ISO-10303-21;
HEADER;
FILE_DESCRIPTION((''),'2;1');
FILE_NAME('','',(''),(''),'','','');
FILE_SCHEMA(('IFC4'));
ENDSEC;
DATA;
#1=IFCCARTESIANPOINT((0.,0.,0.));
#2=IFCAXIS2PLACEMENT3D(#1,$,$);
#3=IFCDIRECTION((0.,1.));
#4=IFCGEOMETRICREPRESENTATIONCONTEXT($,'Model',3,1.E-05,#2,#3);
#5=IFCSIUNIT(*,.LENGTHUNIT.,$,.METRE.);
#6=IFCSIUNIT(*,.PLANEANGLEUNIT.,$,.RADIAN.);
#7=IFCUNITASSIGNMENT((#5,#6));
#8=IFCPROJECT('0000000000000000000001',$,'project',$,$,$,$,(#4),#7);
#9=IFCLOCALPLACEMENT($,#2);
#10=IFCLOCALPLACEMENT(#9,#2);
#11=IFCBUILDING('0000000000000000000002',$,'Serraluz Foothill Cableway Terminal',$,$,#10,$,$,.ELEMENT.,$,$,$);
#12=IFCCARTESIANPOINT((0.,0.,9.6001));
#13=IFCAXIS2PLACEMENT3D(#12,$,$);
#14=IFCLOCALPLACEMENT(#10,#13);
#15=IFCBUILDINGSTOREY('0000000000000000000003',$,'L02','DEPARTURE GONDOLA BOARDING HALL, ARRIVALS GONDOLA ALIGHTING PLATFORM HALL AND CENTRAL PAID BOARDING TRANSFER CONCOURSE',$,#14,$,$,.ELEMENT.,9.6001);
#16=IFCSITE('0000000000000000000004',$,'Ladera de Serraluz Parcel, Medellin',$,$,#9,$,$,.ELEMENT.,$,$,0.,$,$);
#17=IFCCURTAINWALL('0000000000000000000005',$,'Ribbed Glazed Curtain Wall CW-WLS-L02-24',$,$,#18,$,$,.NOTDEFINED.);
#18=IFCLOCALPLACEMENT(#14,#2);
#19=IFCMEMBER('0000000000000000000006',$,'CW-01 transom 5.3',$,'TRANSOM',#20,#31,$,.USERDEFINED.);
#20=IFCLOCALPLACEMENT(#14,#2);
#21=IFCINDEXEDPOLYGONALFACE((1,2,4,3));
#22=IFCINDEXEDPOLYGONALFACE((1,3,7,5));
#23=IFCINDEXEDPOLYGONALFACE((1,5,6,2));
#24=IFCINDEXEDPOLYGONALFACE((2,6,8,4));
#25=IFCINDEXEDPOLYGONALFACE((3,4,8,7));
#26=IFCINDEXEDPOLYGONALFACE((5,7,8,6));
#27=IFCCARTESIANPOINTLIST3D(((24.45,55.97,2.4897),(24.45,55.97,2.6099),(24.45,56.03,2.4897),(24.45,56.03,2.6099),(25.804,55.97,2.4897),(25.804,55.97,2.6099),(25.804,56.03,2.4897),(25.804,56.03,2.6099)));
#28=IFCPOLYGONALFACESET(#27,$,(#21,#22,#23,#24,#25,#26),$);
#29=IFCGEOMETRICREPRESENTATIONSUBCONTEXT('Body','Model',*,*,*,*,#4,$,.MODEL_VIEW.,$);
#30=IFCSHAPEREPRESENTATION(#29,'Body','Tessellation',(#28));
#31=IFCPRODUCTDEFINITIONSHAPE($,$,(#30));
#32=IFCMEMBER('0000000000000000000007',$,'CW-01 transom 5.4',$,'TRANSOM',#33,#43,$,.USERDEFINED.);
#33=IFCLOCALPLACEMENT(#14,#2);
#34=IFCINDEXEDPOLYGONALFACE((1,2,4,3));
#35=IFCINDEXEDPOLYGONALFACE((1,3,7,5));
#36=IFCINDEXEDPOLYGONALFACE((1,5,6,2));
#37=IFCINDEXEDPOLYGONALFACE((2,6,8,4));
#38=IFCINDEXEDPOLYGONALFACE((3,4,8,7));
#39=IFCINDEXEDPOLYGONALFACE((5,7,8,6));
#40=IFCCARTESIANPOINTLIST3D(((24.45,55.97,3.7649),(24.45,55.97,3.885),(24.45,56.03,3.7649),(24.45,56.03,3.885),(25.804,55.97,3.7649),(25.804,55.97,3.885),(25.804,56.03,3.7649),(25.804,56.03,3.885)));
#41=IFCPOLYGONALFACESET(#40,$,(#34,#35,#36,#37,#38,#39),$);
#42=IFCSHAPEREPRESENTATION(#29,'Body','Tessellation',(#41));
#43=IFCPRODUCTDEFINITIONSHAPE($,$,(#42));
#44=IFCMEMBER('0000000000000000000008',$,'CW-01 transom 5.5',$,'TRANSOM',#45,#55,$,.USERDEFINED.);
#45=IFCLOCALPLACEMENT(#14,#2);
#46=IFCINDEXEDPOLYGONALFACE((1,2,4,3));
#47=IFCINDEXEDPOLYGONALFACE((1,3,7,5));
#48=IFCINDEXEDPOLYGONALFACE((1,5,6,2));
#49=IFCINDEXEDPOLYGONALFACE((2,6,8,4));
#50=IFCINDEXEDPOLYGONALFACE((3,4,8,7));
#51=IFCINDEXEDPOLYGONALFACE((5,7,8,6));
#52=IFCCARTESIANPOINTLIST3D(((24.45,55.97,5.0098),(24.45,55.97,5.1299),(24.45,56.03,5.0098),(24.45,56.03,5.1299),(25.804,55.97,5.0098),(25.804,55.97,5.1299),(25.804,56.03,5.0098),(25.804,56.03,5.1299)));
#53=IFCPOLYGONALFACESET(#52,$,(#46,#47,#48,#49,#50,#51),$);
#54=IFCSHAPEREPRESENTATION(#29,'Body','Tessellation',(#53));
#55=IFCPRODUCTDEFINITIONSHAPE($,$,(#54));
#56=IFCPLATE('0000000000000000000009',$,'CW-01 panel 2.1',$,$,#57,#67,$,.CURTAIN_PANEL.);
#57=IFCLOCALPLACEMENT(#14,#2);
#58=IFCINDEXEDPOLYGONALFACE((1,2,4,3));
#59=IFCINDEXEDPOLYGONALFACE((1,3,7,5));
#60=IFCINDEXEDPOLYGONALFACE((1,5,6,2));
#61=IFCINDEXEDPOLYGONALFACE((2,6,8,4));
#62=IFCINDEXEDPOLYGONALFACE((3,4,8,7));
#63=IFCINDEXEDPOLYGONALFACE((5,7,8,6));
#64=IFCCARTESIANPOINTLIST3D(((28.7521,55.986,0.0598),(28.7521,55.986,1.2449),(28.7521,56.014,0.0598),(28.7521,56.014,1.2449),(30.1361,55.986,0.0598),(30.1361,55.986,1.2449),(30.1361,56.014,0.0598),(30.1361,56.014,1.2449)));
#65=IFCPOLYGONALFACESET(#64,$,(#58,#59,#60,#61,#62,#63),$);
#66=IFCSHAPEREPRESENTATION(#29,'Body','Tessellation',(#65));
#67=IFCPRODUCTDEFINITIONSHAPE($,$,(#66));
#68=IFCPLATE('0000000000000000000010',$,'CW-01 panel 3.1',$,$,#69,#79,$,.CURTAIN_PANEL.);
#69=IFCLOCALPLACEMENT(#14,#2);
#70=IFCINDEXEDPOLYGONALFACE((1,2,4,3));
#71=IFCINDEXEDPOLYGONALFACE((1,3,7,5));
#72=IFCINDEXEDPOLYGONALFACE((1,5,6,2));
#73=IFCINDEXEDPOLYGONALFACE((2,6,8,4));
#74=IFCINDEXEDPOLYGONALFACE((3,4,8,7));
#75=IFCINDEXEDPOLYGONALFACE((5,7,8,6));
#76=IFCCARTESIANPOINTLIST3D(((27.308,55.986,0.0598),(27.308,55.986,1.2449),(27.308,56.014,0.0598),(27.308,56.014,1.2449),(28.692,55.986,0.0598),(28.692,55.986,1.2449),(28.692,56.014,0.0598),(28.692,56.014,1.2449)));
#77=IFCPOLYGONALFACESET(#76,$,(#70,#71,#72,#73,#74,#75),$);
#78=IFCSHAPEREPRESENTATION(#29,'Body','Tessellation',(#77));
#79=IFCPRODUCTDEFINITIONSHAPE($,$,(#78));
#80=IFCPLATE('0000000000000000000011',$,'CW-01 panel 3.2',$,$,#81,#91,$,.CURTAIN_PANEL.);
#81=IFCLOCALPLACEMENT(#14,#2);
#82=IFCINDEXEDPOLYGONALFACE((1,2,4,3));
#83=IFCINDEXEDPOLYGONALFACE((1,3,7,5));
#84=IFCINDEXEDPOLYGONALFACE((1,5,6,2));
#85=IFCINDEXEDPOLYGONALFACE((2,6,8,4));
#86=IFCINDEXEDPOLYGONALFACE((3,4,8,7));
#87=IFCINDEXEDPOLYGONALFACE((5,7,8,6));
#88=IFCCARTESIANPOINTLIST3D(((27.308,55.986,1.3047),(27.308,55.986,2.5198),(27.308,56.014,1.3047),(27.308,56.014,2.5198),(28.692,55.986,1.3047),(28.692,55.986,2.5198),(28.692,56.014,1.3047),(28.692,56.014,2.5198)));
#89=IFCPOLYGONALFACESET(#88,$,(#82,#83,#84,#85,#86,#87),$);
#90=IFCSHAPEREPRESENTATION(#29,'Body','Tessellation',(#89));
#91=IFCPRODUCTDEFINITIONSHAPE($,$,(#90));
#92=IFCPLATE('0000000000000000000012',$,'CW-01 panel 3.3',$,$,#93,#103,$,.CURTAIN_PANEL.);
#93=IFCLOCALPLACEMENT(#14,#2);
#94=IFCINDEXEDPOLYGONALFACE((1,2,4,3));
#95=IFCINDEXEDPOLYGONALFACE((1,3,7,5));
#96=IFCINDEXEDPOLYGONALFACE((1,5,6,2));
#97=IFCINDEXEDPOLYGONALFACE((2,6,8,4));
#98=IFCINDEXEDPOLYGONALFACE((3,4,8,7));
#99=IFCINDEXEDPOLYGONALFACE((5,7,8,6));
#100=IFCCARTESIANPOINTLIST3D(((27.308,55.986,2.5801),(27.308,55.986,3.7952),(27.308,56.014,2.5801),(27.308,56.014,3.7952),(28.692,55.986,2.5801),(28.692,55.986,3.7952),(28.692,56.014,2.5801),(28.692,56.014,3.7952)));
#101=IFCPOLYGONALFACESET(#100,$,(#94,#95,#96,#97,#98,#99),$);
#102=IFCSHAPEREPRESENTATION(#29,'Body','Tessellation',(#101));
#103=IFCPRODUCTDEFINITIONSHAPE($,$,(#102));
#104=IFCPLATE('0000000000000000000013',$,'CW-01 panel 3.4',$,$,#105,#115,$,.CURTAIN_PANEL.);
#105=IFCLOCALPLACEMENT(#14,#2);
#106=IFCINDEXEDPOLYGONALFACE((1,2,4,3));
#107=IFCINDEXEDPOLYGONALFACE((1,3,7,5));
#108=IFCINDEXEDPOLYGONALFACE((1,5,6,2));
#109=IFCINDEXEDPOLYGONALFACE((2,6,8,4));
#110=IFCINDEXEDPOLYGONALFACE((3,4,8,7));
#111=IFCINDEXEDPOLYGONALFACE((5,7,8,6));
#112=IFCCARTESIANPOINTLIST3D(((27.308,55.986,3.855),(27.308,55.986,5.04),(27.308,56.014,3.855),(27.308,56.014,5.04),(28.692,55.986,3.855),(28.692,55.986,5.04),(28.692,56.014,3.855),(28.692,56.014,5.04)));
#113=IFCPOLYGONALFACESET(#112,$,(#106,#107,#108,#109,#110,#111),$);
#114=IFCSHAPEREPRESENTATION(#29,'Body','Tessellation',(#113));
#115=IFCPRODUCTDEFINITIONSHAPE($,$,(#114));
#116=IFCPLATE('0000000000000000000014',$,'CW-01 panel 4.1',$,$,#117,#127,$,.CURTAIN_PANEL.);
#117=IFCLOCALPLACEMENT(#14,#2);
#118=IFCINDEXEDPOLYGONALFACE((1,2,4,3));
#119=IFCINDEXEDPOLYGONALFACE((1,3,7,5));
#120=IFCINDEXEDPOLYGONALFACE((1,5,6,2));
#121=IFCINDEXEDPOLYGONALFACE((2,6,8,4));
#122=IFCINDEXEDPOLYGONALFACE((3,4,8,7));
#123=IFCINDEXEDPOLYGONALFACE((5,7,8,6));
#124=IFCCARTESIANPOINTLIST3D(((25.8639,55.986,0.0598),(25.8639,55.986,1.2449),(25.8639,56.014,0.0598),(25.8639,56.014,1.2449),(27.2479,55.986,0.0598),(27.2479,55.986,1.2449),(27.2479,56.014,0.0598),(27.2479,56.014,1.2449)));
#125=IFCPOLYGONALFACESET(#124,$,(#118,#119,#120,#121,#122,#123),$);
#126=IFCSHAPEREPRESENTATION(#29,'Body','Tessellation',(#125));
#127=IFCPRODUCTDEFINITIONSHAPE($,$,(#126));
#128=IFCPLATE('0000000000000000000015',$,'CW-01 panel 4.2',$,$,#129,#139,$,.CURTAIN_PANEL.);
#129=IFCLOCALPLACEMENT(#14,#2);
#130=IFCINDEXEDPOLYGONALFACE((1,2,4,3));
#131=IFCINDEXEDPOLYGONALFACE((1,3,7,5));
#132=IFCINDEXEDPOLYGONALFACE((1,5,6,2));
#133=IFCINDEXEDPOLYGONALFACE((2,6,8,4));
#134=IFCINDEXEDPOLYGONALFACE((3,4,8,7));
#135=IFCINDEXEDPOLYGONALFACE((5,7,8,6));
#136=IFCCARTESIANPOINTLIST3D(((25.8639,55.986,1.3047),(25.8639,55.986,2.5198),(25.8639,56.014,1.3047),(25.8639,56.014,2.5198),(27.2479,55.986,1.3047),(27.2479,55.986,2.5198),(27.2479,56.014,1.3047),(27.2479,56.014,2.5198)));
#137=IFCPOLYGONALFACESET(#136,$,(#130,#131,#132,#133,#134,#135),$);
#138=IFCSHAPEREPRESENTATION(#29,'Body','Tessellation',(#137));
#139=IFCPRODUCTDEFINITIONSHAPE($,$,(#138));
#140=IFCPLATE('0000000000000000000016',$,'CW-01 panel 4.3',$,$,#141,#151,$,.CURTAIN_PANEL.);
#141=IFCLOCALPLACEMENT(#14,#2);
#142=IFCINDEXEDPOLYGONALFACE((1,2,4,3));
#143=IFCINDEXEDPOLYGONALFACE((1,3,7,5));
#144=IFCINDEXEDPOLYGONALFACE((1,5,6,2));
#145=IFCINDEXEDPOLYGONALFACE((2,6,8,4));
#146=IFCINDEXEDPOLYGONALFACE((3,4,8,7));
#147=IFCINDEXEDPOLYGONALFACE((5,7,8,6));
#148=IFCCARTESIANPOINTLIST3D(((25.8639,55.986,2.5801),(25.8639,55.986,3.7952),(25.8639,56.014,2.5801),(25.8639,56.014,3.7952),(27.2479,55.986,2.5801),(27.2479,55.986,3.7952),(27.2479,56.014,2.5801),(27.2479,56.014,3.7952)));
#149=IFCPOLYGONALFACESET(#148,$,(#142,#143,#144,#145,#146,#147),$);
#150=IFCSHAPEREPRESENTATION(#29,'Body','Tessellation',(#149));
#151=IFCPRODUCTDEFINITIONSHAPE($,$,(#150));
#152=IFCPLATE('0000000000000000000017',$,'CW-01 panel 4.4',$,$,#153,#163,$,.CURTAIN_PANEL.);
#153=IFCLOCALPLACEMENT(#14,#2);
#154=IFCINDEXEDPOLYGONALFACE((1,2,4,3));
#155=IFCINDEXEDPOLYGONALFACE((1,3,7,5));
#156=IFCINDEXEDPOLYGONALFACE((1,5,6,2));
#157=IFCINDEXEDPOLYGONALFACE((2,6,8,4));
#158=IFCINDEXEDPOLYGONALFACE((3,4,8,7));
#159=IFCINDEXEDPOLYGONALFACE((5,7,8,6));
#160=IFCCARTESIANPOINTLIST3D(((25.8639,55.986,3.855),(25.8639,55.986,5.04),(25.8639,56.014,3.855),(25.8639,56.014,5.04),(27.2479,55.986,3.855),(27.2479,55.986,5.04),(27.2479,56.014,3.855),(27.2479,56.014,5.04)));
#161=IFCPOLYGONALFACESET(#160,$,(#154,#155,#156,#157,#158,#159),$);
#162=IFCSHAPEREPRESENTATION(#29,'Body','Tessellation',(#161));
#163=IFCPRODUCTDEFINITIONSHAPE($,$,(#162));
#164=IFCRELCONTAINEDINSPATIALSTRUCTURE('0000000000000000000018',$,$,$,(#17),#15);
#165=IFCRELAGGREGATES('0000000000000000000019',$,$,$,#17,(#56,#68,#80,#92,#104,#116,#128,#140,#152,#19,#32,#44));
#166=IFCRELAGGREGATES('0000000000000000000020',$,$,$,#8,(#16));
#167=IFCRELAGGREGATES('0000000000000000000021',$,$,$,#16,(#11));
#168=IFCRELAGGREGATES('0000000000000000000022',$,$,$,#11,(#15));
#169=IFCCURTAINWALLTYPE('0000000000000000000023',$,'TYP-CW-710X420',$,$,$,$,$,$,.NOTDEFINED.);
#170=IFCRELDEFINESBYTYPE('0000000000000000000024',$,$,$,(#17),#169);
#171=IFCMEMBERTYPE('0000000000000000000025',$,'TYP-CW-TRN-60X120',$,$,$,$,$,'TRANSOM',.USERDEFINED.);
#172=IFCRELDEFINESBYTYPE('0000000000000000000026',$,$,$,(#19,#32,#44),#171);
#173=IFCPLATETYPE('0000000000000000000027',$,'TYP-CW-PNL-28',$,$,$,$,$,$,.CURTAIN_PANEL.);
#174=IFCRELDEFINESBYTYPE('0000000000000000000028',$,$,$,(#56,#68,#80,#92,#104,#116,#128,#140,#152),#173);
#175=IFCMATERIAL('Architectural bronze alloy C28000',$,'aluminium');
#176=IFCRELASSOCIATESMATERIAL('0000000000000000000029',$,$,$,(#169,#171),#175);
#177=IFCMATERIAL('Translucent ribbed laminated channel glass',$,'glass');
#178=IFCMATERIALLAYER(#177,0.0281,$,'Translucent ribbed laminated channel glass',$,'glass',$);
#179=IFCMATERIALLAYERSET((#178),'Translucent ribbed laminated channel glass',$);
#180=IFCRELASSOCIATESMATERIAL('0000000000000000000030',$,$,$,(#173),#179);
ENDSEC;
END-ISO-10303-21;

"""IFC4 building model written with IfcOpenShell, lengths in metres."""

from ifc_helpers import new_model, si_unit, direction, frame, origin, origin_2d, place, context, subcontext, project, spatial, rectangle, extrude, material, layer, layer_set, material_profile, profile_set, type_object, element, aggregate, save


model = new_model("IFC4")

# Units and contexts
model_context = context("Model", 3, precision=1e-05, world=origin(), true_north=direction((0.0, 1.0)))
body_context = subcontext(model_context, "Body", "Model", "MODEL_VIEW")
ifc_project = project(units=[si_unit("LENGTHUNIT", "METRE"), si_unit("PLANEANGLEUNIT", "RADIAN")], contexts=[model_context])

# Site, building, storey
site_placement = place(None, origin())
site = spatial("IfcSite", under=ifc_project, at=site_placement, Name="Ladera de Serraluz Parcel, Medellin", CompositionType="ELEMENT", RefElevation=0.0)
building_placement = place(site_placement, origin())
building = spatial("IfcBuilding", under=site, at=building_placement, Name="Serraluz Foothill Cableway Terminal", CompositionType="ELEMENT")
storey_placement = place(building_placement, frame((0.0, 0.0, 9.6001)))
storey = spatial("IfcBuildingStorey", under=building, at=storey_placement, Name="L02", Description="DEPARTURE GONDOLA BOARDING HALL, ARRIVALS GONDOLA ALIGHTING PLATFORM HALL AND CENTRAL PAID BOARDING TRANSFER CONCOURSE", CompositionType="ELEMENT", Elevation=9.6001)

# Curtain wall, members, plates
ifc_material_1 = material(Name="Architectural bronze alloy C28000", Category="aluminium")
curtain_wall_type = type_object("IfcCurtainWallType", Name="TYP-CW-710X420", PredefinedType="NOTDEFINED", material=ifc_material_1)
curtain_wall_placement = place(storey_placement, origin())
curtain_wall = element("IfcCurtainWall", 1, at=curtain_wall_placement, inside=storey, type_object=curtain_wall_type, Name="Ribbed Glazed Curtain Wall CW-WLS-L02-24", PredefinedType="NOTDEFINED")
ifc_material_profile_1 = material_profile(ifc_material_1, rectangle(XDim=0.0601, YDim=0.1201, at=origin_2d()), Name="ALU TRANSOM 60x120")
ifc_profile_set_1 = profile_set([ifc_material_profile_1], Name="Architectural bronze alloy C28000")
member_type_1 = type_object("IfcMemberType", Name="TYP-CW-TRN-60X120", ElementType="TRANSOM", PredefinedType="USERDEFINED", material=ifc_profile_set_1)
member_1_placement = place(storey_placement, frame((25.804, 56.0, 2.5498), z_axis=(-1.0, 0.0, 0.0), x_axis=(0.0, -1.0, 0.0)))
member_1 = element("IfcMember", 2, at=member_1_placement, type_object=member_type_1, Name="CW-01 transom 5.3", ObjectType="TRANSOM", PredefinedType="USERDEFINED", context=body_context, shape_type="SweptSolid", body=[
    extrude(rectangle(XDim=0.0601, YDim=0.1201, at=origin_2d()), origin(), (0.0, 0.0, 1.0), 1.354),
])
member_2_placement = place(storey_placement, frame((25.804, 56.0, 3.825), z_axis=(-1.0, 0.0, 0.0), x_axis=(0.0, -1.0, 0.0)))
member_2 = element("IfcMember", 3, at=member_2_placement, type_object=member_type_1, Name="CW-01 transom 5.4", ObjectType="TRANSOM", PredefinedType="USERDEFINED", context=body_context, shape_type="SweptSolid", body=[
    extrude(rectangle(XDim=0.0601, YDim=0.1201, at=origin_2d()), origin(), (0.0, 0.0, 1.0), 1.354),
])
member_3_placement = place(storey_placement, frame((25.804, 56.0, 5.0698), z_axis=(-1.0, 0.0, 0.0), x_axis=(0.0, -1.0, 0.0)))
member_3 = element("IfcMember", 4, at=member_3_placement, type_object=member_type_1, Name="CW-01 transom 5.5", ObjectType="TRANSOM", PredefinedType="USERDEFINED", context=body_context, shape_type="SweptSolid", body=[
    extrude(rectangle(XDim=0.0601, YDim=0.1201, at=origin_2d()), origin(), (0.0, 0.0, 1.0), 1.354),
])
ifc_material_2 = material(Name="Translucent ribbed laminated channel glass", Category="glass")
ifc_layer = layer(ifc_material_2, 0.0281, Name="Translucent ribbed laminated channel glass", Category="glass")
ifc_layer_set = layer_set([ifc_layer], Name="Translucent ribbed laminated channel glass")
plate_type = type_object("IfcPlateType", Name="TYP-CW-PNL-28", PredefinedType="CURTAIN_PANEL", material=ifc_layer_set)
plate_1_placement = place(storey_placement, frame((29.4441, 56.0, 0.0598), z_axis=(0.0, 0.0, 1.0), x_axis=(-1.0, 0.0, 0.0)))
plate_1 = element("IfcPlate", 5, at=plate_1_placement, type_object=plate_type, Name="CW-01 panel 2.1", PredefinedType="CURTAIN_PANEL", context=body_context, shape_type="SweptSolid", body=[
    extrude(rectangle(XDim=1.384, YDim=0.0281, at=origin_2d()), origin(), (0.0, 0.0, 1.0), 1.1851),
])
plate_2_placement = place(storey_placement, frame((28.0, 56.0, 0.0598), z_axis=(0.0, 0.0, 1.0), x_axis=(-1.0, 0.0, 0.0)))
plate_2 = element("IfcPlate", 6, at=plate_2_placement, type_object=plate_type, Name="CW-01 panel 3.1", PredefinedType="CURTAIN_PANEL", context=body_context, shape_type="SweptSolid", body=[
    extrude(rectangle(XDim=1.384, YDim=0.0281, at=origin_2d()), origin(), (0.0, 0.0, 1.0), 1.1851),
])
plate_3_placement = place(storey_placement, frame((28.0, 56.0, 1.3047), z_axis=(0.0, 0.0, 1.0), x_axis=(-1.0, 0.0, 0.0)))
plate_3 = element("IfcPlate", 7, at=plate_3_placement, type_object=plate_type, Name="CW-01 panel 3.2", PredefinedType="CURTAIN_PANEL", context=body_context, shape_type="SweptSolid", body=[
    extrude(rectangle(XDim=1.384, YDim=0.0281, at=origin_2d()), origin(), (0.0, 0.0, 1.0), 1.2151),
])
plate_4_placement = place(storey_placement, frame((28.0, 56.0, 2.5801), z_axis=(0.0, 0.0, 1.0), x_axis=(-1.0, 0.0, 0.0)))
plate_4 = element("IfcPlate", 8, at=plate_4_placement, type_object=plate_type, Name="CW-01 panel 3.3", PredefinedType="CURTAIN_PANEL", context=body_context, shape_type="SweptSolid", body=[
    extrude(rectangle(XDim=1.384, YDim=0.0281, at=origin_2d()), origin(), (0.0, 0.0, 1.0), 1.2151),
])
plate_5_placement = place(storey_placement, frame((28.0, 56.0, 3.855), z_axis=(0.0, 0.0, 1.0), x_axis=(-1.0, 0.0, 0.0)))
plate_5 = element("IfcPlate", 9, at=plate_5_placement, type_object=plate_type, Name="CW-01 panel 3.4", PredefinedType="CURTAIN_PANEL", context=body_context, shape_type="SweptSolid", body=[
    extrude(rectangle(XDim=1.384, YDim=0.0281, at=origin_2d()), origin(), (0.0, 0.0, 1.0), 1.1851),
])
plate_6_placement = place(storey_placement, frame((26.5559, 56.0, 0.0598), z_axis=(0.0, 0.0, 1.0), x_axis=(-1.0, 0.0, 0.0)))
plate_6 = element("IfcPlate", 10, at=plate_6_placement, type_object=plate_type, Name="CW-01 panel 4.1", PredefinedType="CURTAIN_PANEL", context=body_context, shape_type="SweptSolid", body=[
    extrude(rectangle(XDim=1.384, YDim=0.0281, at=origin_2d()), origin(), (0.0, 0.0, 1.0), 1.1851),
])
plate_7_placement = place(storey_placement, frame((26.5559, 56.0, 1.3047), z_axis=(0.0, 0.0, 1.0), x_axis=(-1.0, 0.0, 0.0)))
plate_7 = element("IfcPlate", 11, at=plate_7_placement, type_object=plate_type, Name="CW-01 panel 4.2", PredefinedType="CURTAIN_PANEL", context=body_context, shape_type="SweptSolid", body=[
    extrude(rectangle(XDim=1.384, YDim=0.0281, at=origin_2d()), origin(), (0.0, 0.0, 1.0), 1.2151),
])
plate_8_placement = place(storey_placement, frame((26.5559, 56.0, 2.5801), z_axis=(0.0, 0.0, 1.0), x_axis=(-1.0, 0.0, 0.0)))
plate_8 = element("IfcPlate", 12, at=plate_8_placement, type_object=plate_type, Name="CW-01 panel 4.3", PredefinedType="CURTAIN_PANEL", context=body_context, shape_type="SweptSolid", body=[
    extrude(rectangle(XDim=1.384, YDim=0.0281, at=origin_2d()), origin(), (0.0, 0.0, 1.0), 1.2151),
])
plate_9_placement = place(storey_placement, frame((26.5559, 56.0, 3.855), z_axis=(0.0, 0.0, 1.0), x_axis=(-1.0, 0.0, 0.0)))
plate_9 = element("IfcPlate", 13, at=plate_9_placement, type_object=plate_type, Name="CW-01 panel 4.4", PredefinedType="CURTAIN_PANEL", context=body_context, shape_type="SweptSolid", body=[
    extrude(rectangle(XDim=1.384, YDim=0.0281, at=origin_2d()), origin(), (0.0, 0.0, 1.0), 1.1851),
])
aggregate(curtain_wall, [plate_1, plate_2, plate_3, plate_4, plate_5, plate_6, plate_7, plate_8, plate_9, member_1, member_2, member_3])

save(model, "model.ifc")
